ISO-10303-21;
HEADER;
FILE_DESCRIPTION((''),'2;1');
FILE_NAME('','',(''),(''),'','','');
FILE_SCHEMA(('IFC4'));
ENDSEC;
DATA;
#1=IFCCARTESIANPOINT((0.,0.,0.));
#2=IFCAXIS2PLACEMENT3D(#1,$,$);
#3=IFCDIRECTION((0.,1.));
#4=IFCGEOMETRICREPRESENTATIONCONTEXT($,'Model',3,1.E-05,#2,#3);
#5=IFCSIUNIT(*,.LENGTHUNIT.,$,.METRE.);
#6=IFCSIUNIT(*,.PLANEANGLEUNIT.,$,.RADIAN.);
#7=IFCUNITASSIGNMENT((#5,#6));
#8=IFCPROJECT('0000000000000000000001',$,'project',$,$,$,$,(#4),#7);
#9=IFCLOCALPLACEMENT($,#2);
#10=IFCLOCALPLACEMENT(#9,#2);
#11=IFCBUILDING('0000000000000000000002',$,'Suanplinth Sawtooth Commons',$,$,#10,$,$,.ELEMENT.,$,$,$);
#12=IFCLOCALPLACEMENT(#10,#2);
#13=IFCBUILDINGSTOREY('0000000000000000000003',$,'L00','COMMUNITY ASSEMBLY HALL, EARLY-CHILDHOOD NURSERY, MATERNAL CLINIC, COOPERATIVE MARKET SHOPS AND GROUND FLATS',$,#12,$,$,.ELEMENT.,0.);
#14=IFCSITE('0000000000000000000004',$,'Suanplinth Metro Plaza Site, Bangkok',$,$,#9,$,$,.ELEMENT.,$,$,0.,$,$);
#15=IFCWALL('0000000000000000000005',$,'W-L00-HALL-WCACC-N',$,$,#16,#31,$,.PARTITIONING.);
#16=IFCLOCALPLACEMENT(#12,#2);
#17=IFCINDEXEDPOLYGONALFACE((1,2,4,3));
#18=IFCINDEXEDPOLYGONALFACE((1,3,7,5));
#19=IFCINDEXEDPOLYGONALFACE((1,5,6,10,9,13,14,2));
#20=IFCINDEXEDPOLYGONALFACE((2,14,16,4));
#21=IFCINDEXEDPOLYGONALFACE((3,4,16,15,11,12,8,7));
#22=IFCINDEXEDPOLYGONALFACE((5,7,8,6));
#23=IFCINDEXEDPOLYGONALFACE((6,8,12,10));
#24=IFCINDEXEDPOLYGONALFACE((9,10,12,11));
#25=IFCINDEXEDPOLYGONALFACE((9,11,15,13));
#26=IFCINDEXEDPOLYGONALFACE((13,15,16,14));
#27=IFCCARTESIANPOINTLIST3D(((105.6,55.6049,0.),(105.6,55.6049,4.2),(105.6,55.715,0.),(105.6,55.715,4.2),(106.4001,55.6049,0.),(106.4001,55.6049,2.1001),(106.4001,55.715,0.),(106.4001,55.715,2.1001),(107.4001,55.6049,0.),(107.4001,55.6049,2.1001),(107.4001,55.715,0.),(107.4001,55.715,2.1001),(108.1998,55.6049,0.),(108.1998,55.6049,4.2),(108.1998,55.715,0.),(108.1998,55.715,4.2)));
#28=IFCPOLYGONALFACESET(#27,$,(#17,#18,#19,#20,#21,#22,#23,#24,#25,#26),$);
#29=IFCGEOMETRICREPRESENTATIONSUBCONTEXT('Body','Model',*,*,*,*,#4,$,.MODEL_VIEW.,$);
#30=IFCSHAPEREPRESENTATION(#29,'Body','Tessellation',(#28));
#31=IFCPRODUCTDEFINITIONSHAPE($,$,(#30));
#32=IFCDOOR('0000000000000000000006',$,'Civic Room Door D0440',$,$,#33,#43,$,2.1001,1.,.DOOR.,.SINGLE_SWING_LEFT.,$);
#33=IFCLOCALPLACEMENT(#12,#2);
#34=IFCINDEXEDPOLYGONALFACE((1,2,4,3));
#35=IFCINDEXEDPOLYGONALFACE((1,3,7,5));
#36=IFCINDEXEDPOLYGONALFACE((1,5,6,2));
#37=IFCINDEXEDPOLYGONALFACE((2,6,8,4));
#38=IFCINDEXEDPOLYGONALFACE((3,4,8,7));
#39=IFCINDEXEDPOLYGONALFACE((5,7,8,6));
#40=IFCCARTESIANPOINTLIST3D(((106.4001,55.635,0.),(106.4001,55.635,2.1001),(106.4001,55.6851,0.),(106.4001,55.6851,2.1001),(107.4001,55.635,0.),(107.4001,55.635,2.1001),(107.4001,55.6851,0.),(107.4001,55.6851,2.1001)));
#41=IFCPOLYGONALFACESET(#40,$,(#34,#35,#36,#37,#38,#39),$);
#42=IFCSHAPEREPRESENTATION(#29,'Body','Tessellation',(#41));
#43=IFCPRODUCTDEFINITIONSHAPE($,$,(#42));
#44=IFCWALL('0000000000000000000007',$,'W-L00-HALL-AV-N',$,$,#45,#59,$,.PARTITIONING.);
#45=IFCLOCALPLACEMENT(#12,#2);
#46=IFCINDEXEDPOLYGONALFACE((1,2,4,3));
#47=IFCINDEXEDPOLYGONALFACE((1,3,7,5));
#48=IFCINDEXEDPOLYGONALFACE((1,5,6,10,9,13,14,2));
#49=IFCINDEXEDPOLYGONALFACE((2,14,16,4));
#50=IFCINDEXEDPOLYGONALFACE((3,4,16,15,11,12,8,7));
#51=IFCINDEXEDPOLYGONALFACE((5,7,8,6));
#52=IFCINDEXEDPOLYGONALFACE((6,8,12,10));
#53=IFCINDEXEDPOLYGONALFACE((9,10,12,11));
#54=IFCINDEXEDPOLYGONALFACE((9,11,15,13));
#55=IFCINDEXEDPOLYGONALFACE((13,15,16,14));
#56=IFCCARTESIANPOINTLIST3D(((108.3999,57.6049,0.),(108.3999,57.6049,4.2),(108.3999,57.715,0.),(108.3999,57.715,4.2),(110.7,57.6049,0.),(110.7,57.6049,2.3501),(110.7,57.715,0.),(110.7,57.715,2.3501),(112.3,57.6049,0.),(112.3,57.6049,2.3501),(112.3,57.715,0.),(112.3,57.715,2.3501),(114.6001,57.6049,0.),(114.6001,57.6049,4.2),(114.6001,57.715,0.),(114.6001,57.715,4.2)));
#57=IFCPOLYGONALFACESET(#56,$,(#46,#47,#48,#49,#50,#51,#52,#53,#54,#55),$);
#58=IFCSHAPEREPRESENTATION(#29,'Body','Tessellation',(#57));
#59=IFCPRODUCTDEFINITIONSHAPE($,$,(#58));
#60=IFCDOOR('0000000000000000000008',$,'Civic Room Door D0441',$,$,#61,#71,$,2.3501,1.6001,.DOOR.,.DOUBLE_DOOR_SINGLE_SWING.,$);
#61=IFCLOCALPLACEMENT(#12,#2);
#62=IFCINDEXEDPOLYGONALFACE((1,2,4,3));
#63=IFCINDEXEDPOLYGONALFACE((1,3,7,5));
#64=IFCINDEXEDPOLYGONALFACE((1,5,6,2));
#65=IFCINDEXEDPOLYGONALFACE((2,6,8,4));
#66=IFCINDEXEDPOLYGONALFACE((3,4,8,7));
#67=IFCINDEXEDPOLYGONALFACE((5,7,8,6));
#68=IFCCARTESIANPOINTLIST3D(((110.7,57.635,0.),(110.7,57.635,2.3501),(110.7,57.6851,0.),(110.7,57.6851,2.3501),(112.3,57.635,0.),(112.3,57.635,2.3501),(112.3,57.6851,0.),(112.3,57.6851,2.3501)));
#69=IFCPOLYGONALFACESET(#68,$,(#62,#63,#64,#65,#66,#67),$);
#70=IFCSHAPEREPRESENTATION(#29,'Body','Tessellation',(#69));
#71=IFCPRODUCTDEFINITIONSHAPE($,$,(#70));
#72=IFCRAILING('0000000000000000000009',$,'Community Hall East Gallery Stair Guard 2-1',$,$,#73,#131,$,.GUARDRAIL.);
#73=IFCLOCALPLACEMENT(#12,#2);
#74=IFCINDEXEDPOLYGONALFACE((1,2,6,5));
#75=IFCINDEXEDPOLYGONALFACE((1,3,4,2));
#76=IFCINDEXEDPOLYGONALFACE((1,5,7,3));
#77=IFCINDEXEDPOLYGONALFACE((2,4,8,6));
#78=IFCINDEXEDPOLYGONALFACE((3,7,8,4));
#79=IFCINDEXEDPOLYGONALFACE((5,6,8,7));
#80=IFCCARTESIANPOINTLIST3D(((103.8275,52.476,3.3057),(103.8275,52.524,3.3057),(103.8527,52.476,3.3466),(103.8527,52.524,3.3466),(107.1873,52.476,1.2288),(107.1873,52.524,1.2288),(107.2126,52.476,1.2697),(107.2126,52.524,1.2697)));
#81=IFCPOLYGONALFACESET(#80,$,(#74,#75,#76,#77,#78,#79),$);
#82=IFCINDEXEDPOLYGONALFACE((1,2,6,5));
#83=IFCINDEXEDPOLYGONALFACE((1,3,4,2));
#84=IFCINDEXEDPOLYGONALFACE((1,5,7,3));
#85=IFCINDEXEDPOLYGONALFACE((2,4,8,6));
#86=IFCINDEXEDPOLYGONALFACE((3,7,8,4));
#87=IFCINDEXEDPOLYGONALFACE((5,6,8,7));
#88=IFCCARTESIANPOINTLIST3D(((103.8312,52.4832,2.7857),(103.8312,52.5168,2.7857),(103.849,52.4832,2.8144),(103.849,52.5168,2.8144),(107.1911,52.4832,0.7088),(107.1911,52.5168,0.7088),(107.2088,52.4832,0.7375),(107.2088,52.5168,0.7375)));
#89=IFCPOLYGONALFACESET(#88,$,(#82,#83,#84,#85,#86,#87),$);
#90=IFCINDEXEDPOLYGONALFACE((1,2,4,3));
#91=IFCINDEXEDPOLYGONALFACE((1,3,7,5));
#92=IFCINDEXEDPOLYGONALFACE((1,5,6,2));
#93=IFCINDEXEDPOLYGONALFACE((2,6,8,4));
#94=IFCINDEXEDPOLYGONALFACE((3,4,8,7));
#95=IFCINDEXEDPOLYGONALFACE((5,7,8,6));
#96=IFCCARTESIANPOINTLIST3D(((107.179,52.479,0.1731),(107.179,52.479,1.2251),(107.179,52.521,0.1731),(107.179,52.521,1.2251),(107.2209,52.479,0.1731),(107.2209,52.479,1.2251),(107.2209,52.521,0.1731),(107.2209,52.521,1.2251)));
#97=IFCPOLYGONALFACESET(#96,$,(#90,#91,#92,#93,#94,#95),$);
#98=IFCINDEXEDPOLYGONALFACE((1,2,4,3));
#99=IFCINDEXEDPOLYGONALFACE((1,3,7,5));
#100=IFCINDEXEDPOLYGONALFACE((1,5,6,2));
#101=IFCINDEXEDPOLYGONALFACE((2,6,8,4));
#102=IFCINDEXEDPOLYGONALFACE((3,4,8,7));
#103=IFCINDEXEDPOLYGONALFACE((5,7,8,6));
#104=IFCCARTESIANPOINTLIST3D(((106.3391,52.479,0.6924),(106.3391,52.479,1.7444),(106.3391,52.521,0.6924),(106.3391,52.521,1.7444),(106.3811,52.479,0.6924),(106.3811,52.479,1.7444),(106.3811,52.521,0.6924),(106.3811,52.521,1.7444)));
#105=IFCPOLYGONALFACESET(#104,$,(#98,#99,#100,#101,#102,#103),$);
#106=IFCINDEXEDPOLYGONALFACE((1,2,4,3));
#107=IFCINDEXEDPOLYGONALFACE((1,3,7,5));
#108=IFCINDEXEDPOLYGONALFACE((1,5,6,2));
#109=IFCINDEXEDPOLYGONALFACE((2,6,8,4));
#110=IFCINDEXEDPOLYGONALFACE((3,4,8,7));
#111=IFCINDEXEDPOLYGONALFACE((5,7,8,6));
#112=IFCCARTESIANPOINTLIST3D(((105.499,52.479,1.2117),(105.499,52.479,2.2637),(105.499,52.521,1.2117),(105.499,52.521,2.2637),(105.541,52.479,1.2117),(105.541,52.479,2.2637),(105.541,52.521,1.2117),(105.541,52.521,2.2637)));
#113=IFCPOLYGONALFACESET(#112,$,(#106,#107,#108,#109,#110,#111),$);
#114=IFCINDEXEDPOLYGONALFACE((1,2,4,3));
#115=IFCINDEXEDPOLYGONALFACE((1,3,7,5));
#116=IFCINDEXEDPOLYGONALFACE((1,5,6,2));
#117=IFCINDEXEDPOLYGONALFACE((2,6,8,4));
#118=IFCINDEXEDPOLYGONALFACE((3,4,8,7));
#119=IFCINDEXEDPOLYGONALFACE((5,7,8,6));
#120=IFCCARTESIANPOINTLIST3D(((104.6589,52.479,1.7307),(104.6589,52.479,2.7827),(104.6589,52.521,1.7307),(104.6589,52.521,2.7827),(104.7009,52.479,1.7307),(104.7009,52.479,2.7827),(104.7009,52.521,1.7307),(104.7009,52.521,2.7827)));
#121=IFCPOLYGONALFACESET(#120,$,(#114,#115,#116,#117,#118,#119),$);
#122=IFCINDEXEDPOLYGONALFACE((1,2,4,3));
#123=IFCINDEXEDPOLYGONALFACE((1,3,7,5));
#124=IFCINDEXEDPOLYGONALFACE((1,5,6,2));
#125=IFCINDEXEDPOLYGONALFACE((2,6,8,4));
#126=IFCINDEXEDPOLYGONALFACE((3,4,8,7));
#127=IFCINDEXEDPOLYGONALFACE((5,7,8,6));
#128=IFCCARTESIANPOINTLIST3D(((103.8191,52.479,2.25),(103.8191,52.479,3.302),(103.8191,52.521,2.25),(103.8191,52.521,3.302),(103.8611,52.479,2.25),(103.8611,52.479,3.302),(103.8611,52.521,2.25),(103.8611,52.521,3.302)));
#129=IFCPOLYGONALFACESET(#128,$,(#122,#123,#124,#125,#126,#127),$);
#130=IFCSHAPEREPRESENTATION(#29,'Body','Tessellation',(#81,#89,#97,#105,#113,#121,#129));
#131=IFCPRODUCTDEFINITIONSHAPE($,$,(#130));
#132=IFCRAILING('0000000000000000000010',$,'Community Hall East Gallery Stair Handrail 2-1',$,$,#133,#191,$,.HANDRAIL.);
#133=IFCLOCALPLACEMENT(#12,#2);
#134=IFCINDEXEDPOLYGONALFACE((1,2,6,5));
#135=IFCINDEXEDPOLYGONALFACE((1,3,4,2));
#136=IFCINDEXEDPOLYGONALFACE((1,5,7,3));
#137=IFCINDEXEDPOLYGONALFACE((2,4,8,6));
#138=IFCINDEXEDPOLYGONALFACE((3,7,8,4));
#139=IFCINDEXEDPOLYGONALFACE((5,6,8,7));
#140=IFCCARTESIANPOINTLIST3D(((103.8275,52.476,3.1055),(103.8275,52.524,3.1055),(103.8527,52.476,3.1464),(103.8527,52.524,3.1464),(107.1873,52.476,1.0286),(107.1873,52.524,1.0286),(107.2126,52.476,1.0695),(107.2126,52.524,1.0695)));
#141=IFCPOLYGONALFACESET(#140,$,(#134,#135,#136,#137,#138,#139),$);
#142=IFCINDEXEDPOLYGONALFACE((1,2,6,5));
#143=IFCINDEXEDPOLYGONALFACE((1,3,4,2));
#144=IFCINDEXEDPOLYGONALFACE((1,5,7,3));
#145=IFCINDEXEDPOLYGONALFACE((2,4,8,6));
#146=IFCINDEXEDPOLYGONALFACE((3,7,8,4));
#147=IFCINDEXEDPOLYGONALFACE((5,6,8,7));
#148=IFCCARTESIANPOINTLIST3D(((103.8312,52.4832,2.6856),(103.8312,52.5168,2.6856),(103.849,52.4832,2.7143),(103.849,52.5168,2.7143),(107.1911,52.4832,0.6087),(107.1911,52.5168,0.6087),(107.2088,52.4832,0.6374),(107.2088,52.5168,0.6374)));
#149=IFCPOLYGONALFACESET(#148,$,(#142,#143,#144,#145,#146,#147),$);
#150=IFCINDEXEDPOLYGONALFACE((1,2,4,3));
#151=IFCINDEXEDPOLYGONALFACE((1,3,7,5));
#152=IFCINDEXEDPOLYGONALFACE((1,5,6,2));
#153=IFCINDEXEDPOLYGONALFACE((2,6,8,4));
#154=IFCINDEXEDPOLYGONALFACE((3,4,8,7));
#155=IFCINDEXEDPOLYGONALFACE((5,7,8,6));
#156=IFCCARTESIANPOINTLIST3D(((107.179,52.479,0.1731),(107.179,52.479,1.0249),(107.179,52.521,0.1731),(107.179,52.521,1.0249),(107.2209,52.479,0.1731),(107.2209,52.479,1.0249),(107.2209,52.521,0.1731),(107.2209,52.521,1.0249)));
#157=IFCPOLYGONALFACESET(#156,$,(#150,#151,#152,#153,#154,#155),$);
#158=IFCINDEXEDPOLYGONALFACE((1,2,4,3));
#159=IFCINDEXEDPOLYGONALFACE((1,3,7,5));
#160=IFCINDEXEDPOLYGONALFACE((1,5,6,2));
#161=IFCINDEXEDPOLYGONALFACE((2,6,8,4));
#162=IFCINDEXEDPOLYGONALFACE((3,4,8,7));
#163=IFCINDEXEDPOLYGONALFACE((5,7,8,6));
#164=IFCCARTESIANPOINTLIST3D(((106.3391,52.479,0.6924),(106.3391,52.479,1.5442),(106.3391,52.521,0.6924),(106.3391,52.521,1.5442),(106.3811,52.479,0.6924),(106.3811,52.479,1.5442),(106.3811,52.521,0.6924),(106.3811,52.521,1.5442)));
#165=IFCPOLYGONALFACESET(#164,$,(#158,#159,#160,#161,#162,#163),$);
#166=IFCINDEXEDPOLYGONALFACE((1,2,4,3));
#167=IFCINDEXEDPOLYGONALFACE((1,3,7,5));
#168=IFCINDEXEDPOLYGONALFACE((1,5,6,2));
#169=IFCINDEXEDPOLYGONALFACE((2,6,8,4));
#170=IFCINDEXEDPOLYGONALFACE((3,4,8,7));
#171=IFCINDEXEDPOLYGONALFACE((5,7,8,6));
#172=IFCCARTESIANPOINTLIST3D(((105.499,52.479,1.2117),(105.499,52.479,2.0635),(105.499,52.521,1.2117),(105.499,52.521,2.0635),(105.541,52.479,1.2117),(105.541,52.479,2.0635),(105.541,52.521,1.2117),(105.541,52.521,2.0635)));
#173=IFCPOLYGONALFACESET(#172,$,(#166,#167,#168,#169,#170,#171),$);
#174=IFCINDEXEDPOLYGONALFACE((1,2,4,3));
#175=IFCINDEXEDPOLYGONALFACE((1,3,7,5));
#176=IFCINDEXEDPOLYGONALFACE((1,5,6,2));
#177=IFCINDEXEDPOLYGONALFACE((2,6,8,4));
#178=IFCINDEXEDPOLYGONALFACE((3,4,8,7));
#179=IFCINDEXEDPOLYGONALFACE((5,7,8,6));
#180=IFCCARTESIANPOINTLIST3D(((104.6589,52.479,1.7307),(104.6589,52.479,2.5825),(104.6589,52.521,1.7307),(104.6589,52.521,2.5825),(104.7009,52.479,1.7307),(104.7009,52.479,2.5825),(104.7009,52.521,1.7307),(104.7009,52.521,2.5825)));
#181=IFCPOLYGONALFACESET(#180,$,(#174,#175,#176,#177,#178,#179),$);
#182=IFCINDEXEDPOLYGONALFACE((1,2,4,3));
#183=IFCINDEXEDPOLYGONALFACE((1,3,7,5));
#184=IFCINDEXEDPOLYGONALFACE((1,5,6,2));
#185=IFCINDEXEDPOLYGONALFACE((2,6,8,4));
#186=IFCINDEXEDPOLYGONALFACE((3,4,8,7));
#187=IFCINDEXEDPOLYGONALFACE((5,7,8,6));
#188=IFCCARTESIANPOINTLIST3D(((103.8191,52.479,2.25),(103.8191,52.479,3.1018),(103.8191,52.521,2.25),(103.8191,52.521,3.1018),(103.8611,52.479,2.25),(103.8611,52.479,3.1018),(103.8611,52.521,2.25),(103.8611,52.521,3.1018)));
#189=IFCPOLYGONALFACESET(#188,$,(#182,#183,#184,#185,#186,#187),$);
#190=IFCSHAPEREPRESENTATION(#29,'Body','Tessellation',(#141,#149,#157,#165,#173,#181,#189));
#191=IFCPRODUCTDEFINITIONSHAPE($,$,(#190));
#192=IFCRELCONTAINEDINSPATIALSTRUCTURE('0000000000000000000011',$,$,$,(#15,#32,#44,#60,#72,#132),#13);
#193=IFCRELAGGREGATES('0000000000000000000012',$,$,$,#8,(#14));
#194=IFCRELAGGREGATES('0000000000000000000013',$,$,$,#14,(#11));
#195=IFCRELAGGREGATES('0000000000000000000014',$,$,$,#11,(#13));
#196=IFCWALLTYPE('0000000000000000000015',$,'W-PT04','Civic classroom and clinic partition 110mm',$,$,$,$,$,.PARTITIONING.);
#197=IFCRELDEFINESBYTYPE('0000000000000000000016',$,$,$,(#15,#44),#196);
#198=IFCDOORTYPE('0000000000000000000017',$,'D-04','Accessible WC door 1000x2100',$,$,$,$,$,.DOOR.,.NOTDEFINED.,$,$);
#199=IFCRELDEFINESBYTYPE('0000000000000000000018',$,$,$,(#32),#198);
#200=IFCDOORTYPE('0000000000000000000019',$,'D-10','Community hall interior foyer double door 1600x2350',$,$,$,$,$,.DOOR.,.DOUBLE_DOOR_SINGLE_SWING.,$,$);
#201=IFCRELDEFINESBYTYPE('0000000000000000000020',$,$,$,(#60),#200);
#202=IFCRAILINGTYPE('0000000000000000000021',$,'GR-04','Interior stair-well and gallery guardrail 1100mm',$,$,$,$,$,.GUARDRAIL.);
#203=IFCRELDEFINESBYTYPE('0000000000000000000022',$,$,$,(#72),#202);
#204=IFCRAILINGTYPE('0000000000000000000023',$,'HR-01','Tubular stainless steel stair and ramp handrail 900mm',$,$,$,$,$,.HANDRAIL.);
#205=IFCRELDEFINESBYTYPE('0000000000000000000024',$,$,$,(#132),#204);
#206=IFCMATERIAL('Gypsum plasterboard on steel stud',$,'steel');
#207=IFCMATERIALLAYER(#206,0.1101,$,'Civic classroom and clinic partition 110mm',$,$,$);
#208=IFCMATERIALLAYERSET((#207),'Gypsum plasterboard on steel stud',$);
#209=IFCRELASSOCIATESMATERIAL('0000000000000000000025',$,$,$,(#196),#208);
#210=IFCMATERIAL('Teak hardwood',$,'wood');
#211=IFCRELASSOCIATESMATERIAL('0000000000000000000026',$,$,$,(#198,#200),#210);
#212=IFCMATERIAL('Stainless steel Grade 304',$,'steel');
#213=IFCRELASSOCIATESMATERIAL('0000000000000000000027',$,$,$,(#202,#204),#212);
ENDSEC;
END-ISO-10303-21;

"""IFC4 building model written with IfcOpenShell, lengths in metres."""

from ifc_helpers import new_model, si_unit, direction, frame, frame_2d, origin, origin_2d, place, context, subcontext, project, spatial, rectangle, extrude, material, layer, layer_set, type_object, element, fill, save


model = new_model("IFC4")

# Units and contexts
model_context = context("Model", 3, precision=1e-05, world=origin(), true_north=direction((0.0, 1.0)))
body_context = subcontext(model_context, "Body", "Model", "MODEL_VIEW")
ifc_project = project(units=[si_unit("LENGTHUNIT", "METRE"), si_unit("PLANEANGLEUNIT", "RADIAN")], contexts=[model_context])

# Site, building, storey
site_placement = place(None, origin())
site = spatial("IfcSite", under=ifc_project, at=site_placement, Name="Suanplinth Metro Plaza Site, Bangkok", CompositionType="ELEMENT", RefElevation=0.0)
building_placement = place(site_placement, origin())
building = spatial("IfcBuilding", under=site, at=building_placement, Name="Suanplinth Sawtooth Commons", CompositionType="ELEMENT")
storey_placement = place(building_placement, origin())
storey = spatial("IfcBuildingStorey", under=building, at=storey_placement, Name="L00", Description="COMMUNITY ASSEMBLY HALL, EARLY-CHILDHOOD NURSERY, MATERNAL CLINIC, COOPERATIVE MARKET SHOPS AND GROUND FLATS", CompositionType="ELEMENT", Elevation=0.0)

# Walls, openings, doors
ifc_material_1 = material(Name="Gypsum plasterboard on steel stud", Category="steel")
ifc_layer_1 = layer(ifc_material_1, 0.1101, Name="Civic classroom and clinic partition 110mm")
ifc_layer_set_1 = layer_set([ifc_layer_1], Name="Gypsum plasterboard on steel stud")
wall_type_1 = type_object("IfcWallType", Name="W-PT04", Description="Civic classroom and clinic partition 110mm", PredefinedType="PARTITIONING", material=ifc_layer_set_1)
ifc_material_2 = material(Name="Teak hardwood", Category="wood")
door_type_1 = type_object("IfcDoorType", Name="D-04", Description="Accessible WC door 1000x2100", OperationType="NOTDEFINED", PredefinedType="DOOR", material=ifc_material_2)
wall_1_placement = place(storey_placement, frame((105.6001, 55.6599, 0.0), z_axis=(0.0, 0.0, 1.0), x_axis=(1.0, 0.0, 0.0)))
wall_1 = element("IfcWall", 1, at=wall_1_placement, inside=storey, type_object=wall_type_1, Name="W-L00-HALL-WCACC-N", PredefinedType="PARTITIONING", context=body_context, shape_type="SweptSolid", body=[
    extrude(rectangle(XDim=2.5999, YDim=0.1101, at=frame_2d((1.2998, 0.0))), origin(), (0.0, 0.0, 1.0), 4.2),
])
opening_1_placement = place(wall_1_placement, frame((0.8, 0.0, 0.0)))
opening_1 = element("IfcOpeningElement", 2, at=opening_1_placement, cuts=wall_1, PredefinedType="OPENING", context=body_context, shape_type="SweptSolid", body=[
    extrude(rectangle(XDim=1.0, YDim=2.1001, at=frame_2d((0.5, 1.05))), frame((0.0, 0.0698, 0.0), z_axis=(0.0, -1.0, 0.0), x_axis=(1.0, 0.0, 0.0)), (0.0, 0.0, 1.0), 0.1399),
])
door_1_placement = place(opening_1_placement, frame((1.0, 0.0, 0.0), z_axis=(0.0, 0.0, 1.0), x_axis=(-1.0, 0.0, 0.0)))
door_1 = element("IfcDoor", 3, at=door_1_placement, inside=storey, type_object=door_type_1, Name="Civic Room Door D0440", OperationType="SINGLE_SWING_LEFT", OverallHeight=2.1001, OverallWidth=1.0, PredefinedType="DOOR", context=body_context, shape_type="SweptSolid", body=[
    extrude(rectangle(XDim=1.0, YDim=2.1001, at=frame_2d((0.5, 1.05))), frame((0.0, 0.0249, 0.0), z_axis=(0.0, -1.0, 0.0), x_axis=(1.0, 0.0, 0.0)), (0.0, 0.0, 1.0), 0.05),
])
fill(opening_1, door_1)
wall_2_placement = place(storey_placement, frame((108.3999, 57.6599, 0.0), z_axis=(0.0, 0.0, 1.0), x_axis=(1.0, 0.0, 0.0)))
wall_2 = element("IfcWall", 4, at=wall_2_placement, inside=storey, type_object=wall_type_1, Name="W-L00-HALL-AV-N", PredefinedType="PARTITIONING", context=body_context, shape_type="SweptSolid", body=[
    extrude(rectangle(XDim=6.2002, YDim=0.1101, at=frame_2d((3.1001, 0.0))), origin(), (0.0, 0.0, 1.0), 4.2),
])
opening_2_placement = place(wall_2_placement, frame((2.3, 0.0, 0.0)))
opening_2 = element("IfcOpeningElement", 5, at=opening_2_placement, cuts=wall_2, PredefinedType="OPENING", context=body_context, shape_type="SweptSolid", body=[
    extrude(rectangle(XDim=1.6001, YDim=2.3501, at=frame_2d((0.8, 1.175))), frame((0.0, 0.0698, 0.0), z_axis=(0.0, -1.0, 0.0), x_axis=(1.0, 0.0, 0.0)), (0.0, 0.0, 1.0), 0.1399),
])
door_type_2 = type_object("IfcDoorType", Name="D-10", Description="Community hall interior foyer double door 1600x2350", OperationType="DOUBLE_DOOR_SINGLE_SWING", PredefinedType="DOOR", material=ifc_material_2)
door_2_placement = place(opening_2_placement, frame((1.6001, 0.0, 0.0), z_axis=(0.0, 0.0, 1.0), x_axis=(-1.0, 0.0, 0.0)))
door_2 = element("IfcDoor", 6, at=door_2_placement, inside=storey, type_object=door_type_2, Name="Civic Room Door D0441", OperationType="DOUBLE_DOOR_SINGLE_SWING", OverallHeight=2.3501, OverallWidth=1.6001, PredefinedType="DOOR", context=body_context, shape_type="SweptSolid", body=[
    extrude(rectangle(XDim=1.6001, YDim=2.3501, at=frame_2d((0.8, 1.175))), frame((0.0, 0.0249, 0.0), z_axis=(0.0, -1.0, 0.0), x_axis=(1.0, 0.0, 0.0)), (0.0, 0.0, 1.0), 0.05),
])
fill(opening_2, door_2)

# Railings
ifc_material_3 = material(Name="Stainless steel Grade 304", Category="steel")
railing_type_1 = type_object("IfcRailingType", Name="GR-04", Description="Interior stair-well and gallery guardrail 1100mm", PredefinedType="GUARDRAIL", material=ifc_material_3)
railing_1_placement = place(storey_placement, frame((107.2, 52.5, 0.1731)))
element("IfcRailing", 7, at=railing_1_placement, inside=storey, type_object=railing_type_1, Name="Community Hall East Gallery Stair Guard 2-1", PredefinedType="GUARDRAIL", context=body_context, shape_type="SweptSolid", body=[
    extrude(rectangle(XDim=0.0481, YDim=0.0481, at=origin_2d()), frame((0.0, 0.0, 1.0762), z_axis=(-0.850606, 0.0, 0.525803), x_axis=(0.0, -1.0, 0.0)), (0.0, 0.0, 1.0), 3.95),
    extrude(rectangle(XDim=0.0337, YDim=0.0337, at=origin_2d()), frame((0.0, 0.0, 0.55), z_axis=(-0.850606, 0.0, 0.525803), x_axis=(0.0, -1.0, 0.0)), (0.0, 0.0, 1.0), 3.95),
    extrude(rectangle(XDim=0.042, YDim=0.042, at=origin_2d()), origin(), (0.0, 0.0, 1.0), 1.052),
    extrude(rectangle(XDim=0.042, YDim=0.042, at=origin_2d()), frame((-0.8398, 0.0, 0.5193)), (0.0, 0.0, 1.0), 1.052),
    extrude(rectangle(XDim=0.042, YDim=0.042, at=origin_2d()), frame((-1.6799, 0.0, 1.0386)), (0.0, 0.0, 1.0), 1.052),
    extrude(rectangle(XDim=0.042, YDim=0.042, at=origin_2d()), frame((-2.52, 0.0, 1.5576)), (0.0, 0.0, 1.0), 1.052),
    extrude(rectangle(XDim=0.042, YDim=0.042, at=origin_2d()), frame((-3.3599, 0.0, 2.0769)), (0.0, 0.0, 1.0), 1.052),
])
railing_type_2 = type_object("IfcRailingType", Name="HR-01", Description="Tubular stainless steel stair and ramp handrail 900mm", PredefinedType="HANDRAIL", material=ifc_material_3)
railing_2_placement = place(storey_placement, frame((107.2, 52.5, 0.1731)))
element("IfcRailing", 8, at=railing_2_placement, inside=storey, type_object=railing_type_2, Name="Community Hall East Gallery Stair Handrail 2-1", PredefinedType="HANDRAIL", context=body_context, shape_type="SweptSolid", body=[
    extrude(rectangle(XDim=0.0481, YDim=0.0481, at=origin_2d()), frame((0.0, 0.0, 0.876), z_axis=(-0.850606, 0.0, 0.525803), x_axis=(0.0, -1.0, 0.0)), (0.0, 0.0, 1.0), 3.95),
    extrude(rectangle(XDim=0.0337, YDim=0.0337, at=origin_2d()), frame((0.0, 0.0, 0.45), z_axis=(-0.850606, 0.0, 0.525803), x_axis=(0.0, -1.0, 0.0)), (0.0, 0.0, 1.0), 3.95),
    extrude(rectangle(XDim=0.042, YDim=0.042, at=origin_2d()), origin(), (0.0, 0.0, 1.0), 0.8518),
    extrude(rectangle(XDim=0.042, YDim=0.042, at=origin_2d()), frame((-0.8398, 0.0, 0.5193)), (0.0, 0.0, 1.0), 0.8518),
    extrude(rectangle(XDim=0.042, YDim=0.042, at=origin_2d()), frame((-1.6799, 0.0, 1.0386)), (0.0, 0.0, 1.0), 0.8518),
    extrude(rectangle(XDim=0.042, YDim=0.042, at=origin_2d()), frame((-2.52, 0.0, 1.5576)), (0.0, 0.0, 1.0), 0.8518),
    extrude(rectangle(XDim=0.042, YDim=0.042, at=origin_2d()), frame((-3.3599, 0.0, 2.0769)), (0.0, 0.0, 1.0), 0.8518),
])

save(model, "model.ifc")
